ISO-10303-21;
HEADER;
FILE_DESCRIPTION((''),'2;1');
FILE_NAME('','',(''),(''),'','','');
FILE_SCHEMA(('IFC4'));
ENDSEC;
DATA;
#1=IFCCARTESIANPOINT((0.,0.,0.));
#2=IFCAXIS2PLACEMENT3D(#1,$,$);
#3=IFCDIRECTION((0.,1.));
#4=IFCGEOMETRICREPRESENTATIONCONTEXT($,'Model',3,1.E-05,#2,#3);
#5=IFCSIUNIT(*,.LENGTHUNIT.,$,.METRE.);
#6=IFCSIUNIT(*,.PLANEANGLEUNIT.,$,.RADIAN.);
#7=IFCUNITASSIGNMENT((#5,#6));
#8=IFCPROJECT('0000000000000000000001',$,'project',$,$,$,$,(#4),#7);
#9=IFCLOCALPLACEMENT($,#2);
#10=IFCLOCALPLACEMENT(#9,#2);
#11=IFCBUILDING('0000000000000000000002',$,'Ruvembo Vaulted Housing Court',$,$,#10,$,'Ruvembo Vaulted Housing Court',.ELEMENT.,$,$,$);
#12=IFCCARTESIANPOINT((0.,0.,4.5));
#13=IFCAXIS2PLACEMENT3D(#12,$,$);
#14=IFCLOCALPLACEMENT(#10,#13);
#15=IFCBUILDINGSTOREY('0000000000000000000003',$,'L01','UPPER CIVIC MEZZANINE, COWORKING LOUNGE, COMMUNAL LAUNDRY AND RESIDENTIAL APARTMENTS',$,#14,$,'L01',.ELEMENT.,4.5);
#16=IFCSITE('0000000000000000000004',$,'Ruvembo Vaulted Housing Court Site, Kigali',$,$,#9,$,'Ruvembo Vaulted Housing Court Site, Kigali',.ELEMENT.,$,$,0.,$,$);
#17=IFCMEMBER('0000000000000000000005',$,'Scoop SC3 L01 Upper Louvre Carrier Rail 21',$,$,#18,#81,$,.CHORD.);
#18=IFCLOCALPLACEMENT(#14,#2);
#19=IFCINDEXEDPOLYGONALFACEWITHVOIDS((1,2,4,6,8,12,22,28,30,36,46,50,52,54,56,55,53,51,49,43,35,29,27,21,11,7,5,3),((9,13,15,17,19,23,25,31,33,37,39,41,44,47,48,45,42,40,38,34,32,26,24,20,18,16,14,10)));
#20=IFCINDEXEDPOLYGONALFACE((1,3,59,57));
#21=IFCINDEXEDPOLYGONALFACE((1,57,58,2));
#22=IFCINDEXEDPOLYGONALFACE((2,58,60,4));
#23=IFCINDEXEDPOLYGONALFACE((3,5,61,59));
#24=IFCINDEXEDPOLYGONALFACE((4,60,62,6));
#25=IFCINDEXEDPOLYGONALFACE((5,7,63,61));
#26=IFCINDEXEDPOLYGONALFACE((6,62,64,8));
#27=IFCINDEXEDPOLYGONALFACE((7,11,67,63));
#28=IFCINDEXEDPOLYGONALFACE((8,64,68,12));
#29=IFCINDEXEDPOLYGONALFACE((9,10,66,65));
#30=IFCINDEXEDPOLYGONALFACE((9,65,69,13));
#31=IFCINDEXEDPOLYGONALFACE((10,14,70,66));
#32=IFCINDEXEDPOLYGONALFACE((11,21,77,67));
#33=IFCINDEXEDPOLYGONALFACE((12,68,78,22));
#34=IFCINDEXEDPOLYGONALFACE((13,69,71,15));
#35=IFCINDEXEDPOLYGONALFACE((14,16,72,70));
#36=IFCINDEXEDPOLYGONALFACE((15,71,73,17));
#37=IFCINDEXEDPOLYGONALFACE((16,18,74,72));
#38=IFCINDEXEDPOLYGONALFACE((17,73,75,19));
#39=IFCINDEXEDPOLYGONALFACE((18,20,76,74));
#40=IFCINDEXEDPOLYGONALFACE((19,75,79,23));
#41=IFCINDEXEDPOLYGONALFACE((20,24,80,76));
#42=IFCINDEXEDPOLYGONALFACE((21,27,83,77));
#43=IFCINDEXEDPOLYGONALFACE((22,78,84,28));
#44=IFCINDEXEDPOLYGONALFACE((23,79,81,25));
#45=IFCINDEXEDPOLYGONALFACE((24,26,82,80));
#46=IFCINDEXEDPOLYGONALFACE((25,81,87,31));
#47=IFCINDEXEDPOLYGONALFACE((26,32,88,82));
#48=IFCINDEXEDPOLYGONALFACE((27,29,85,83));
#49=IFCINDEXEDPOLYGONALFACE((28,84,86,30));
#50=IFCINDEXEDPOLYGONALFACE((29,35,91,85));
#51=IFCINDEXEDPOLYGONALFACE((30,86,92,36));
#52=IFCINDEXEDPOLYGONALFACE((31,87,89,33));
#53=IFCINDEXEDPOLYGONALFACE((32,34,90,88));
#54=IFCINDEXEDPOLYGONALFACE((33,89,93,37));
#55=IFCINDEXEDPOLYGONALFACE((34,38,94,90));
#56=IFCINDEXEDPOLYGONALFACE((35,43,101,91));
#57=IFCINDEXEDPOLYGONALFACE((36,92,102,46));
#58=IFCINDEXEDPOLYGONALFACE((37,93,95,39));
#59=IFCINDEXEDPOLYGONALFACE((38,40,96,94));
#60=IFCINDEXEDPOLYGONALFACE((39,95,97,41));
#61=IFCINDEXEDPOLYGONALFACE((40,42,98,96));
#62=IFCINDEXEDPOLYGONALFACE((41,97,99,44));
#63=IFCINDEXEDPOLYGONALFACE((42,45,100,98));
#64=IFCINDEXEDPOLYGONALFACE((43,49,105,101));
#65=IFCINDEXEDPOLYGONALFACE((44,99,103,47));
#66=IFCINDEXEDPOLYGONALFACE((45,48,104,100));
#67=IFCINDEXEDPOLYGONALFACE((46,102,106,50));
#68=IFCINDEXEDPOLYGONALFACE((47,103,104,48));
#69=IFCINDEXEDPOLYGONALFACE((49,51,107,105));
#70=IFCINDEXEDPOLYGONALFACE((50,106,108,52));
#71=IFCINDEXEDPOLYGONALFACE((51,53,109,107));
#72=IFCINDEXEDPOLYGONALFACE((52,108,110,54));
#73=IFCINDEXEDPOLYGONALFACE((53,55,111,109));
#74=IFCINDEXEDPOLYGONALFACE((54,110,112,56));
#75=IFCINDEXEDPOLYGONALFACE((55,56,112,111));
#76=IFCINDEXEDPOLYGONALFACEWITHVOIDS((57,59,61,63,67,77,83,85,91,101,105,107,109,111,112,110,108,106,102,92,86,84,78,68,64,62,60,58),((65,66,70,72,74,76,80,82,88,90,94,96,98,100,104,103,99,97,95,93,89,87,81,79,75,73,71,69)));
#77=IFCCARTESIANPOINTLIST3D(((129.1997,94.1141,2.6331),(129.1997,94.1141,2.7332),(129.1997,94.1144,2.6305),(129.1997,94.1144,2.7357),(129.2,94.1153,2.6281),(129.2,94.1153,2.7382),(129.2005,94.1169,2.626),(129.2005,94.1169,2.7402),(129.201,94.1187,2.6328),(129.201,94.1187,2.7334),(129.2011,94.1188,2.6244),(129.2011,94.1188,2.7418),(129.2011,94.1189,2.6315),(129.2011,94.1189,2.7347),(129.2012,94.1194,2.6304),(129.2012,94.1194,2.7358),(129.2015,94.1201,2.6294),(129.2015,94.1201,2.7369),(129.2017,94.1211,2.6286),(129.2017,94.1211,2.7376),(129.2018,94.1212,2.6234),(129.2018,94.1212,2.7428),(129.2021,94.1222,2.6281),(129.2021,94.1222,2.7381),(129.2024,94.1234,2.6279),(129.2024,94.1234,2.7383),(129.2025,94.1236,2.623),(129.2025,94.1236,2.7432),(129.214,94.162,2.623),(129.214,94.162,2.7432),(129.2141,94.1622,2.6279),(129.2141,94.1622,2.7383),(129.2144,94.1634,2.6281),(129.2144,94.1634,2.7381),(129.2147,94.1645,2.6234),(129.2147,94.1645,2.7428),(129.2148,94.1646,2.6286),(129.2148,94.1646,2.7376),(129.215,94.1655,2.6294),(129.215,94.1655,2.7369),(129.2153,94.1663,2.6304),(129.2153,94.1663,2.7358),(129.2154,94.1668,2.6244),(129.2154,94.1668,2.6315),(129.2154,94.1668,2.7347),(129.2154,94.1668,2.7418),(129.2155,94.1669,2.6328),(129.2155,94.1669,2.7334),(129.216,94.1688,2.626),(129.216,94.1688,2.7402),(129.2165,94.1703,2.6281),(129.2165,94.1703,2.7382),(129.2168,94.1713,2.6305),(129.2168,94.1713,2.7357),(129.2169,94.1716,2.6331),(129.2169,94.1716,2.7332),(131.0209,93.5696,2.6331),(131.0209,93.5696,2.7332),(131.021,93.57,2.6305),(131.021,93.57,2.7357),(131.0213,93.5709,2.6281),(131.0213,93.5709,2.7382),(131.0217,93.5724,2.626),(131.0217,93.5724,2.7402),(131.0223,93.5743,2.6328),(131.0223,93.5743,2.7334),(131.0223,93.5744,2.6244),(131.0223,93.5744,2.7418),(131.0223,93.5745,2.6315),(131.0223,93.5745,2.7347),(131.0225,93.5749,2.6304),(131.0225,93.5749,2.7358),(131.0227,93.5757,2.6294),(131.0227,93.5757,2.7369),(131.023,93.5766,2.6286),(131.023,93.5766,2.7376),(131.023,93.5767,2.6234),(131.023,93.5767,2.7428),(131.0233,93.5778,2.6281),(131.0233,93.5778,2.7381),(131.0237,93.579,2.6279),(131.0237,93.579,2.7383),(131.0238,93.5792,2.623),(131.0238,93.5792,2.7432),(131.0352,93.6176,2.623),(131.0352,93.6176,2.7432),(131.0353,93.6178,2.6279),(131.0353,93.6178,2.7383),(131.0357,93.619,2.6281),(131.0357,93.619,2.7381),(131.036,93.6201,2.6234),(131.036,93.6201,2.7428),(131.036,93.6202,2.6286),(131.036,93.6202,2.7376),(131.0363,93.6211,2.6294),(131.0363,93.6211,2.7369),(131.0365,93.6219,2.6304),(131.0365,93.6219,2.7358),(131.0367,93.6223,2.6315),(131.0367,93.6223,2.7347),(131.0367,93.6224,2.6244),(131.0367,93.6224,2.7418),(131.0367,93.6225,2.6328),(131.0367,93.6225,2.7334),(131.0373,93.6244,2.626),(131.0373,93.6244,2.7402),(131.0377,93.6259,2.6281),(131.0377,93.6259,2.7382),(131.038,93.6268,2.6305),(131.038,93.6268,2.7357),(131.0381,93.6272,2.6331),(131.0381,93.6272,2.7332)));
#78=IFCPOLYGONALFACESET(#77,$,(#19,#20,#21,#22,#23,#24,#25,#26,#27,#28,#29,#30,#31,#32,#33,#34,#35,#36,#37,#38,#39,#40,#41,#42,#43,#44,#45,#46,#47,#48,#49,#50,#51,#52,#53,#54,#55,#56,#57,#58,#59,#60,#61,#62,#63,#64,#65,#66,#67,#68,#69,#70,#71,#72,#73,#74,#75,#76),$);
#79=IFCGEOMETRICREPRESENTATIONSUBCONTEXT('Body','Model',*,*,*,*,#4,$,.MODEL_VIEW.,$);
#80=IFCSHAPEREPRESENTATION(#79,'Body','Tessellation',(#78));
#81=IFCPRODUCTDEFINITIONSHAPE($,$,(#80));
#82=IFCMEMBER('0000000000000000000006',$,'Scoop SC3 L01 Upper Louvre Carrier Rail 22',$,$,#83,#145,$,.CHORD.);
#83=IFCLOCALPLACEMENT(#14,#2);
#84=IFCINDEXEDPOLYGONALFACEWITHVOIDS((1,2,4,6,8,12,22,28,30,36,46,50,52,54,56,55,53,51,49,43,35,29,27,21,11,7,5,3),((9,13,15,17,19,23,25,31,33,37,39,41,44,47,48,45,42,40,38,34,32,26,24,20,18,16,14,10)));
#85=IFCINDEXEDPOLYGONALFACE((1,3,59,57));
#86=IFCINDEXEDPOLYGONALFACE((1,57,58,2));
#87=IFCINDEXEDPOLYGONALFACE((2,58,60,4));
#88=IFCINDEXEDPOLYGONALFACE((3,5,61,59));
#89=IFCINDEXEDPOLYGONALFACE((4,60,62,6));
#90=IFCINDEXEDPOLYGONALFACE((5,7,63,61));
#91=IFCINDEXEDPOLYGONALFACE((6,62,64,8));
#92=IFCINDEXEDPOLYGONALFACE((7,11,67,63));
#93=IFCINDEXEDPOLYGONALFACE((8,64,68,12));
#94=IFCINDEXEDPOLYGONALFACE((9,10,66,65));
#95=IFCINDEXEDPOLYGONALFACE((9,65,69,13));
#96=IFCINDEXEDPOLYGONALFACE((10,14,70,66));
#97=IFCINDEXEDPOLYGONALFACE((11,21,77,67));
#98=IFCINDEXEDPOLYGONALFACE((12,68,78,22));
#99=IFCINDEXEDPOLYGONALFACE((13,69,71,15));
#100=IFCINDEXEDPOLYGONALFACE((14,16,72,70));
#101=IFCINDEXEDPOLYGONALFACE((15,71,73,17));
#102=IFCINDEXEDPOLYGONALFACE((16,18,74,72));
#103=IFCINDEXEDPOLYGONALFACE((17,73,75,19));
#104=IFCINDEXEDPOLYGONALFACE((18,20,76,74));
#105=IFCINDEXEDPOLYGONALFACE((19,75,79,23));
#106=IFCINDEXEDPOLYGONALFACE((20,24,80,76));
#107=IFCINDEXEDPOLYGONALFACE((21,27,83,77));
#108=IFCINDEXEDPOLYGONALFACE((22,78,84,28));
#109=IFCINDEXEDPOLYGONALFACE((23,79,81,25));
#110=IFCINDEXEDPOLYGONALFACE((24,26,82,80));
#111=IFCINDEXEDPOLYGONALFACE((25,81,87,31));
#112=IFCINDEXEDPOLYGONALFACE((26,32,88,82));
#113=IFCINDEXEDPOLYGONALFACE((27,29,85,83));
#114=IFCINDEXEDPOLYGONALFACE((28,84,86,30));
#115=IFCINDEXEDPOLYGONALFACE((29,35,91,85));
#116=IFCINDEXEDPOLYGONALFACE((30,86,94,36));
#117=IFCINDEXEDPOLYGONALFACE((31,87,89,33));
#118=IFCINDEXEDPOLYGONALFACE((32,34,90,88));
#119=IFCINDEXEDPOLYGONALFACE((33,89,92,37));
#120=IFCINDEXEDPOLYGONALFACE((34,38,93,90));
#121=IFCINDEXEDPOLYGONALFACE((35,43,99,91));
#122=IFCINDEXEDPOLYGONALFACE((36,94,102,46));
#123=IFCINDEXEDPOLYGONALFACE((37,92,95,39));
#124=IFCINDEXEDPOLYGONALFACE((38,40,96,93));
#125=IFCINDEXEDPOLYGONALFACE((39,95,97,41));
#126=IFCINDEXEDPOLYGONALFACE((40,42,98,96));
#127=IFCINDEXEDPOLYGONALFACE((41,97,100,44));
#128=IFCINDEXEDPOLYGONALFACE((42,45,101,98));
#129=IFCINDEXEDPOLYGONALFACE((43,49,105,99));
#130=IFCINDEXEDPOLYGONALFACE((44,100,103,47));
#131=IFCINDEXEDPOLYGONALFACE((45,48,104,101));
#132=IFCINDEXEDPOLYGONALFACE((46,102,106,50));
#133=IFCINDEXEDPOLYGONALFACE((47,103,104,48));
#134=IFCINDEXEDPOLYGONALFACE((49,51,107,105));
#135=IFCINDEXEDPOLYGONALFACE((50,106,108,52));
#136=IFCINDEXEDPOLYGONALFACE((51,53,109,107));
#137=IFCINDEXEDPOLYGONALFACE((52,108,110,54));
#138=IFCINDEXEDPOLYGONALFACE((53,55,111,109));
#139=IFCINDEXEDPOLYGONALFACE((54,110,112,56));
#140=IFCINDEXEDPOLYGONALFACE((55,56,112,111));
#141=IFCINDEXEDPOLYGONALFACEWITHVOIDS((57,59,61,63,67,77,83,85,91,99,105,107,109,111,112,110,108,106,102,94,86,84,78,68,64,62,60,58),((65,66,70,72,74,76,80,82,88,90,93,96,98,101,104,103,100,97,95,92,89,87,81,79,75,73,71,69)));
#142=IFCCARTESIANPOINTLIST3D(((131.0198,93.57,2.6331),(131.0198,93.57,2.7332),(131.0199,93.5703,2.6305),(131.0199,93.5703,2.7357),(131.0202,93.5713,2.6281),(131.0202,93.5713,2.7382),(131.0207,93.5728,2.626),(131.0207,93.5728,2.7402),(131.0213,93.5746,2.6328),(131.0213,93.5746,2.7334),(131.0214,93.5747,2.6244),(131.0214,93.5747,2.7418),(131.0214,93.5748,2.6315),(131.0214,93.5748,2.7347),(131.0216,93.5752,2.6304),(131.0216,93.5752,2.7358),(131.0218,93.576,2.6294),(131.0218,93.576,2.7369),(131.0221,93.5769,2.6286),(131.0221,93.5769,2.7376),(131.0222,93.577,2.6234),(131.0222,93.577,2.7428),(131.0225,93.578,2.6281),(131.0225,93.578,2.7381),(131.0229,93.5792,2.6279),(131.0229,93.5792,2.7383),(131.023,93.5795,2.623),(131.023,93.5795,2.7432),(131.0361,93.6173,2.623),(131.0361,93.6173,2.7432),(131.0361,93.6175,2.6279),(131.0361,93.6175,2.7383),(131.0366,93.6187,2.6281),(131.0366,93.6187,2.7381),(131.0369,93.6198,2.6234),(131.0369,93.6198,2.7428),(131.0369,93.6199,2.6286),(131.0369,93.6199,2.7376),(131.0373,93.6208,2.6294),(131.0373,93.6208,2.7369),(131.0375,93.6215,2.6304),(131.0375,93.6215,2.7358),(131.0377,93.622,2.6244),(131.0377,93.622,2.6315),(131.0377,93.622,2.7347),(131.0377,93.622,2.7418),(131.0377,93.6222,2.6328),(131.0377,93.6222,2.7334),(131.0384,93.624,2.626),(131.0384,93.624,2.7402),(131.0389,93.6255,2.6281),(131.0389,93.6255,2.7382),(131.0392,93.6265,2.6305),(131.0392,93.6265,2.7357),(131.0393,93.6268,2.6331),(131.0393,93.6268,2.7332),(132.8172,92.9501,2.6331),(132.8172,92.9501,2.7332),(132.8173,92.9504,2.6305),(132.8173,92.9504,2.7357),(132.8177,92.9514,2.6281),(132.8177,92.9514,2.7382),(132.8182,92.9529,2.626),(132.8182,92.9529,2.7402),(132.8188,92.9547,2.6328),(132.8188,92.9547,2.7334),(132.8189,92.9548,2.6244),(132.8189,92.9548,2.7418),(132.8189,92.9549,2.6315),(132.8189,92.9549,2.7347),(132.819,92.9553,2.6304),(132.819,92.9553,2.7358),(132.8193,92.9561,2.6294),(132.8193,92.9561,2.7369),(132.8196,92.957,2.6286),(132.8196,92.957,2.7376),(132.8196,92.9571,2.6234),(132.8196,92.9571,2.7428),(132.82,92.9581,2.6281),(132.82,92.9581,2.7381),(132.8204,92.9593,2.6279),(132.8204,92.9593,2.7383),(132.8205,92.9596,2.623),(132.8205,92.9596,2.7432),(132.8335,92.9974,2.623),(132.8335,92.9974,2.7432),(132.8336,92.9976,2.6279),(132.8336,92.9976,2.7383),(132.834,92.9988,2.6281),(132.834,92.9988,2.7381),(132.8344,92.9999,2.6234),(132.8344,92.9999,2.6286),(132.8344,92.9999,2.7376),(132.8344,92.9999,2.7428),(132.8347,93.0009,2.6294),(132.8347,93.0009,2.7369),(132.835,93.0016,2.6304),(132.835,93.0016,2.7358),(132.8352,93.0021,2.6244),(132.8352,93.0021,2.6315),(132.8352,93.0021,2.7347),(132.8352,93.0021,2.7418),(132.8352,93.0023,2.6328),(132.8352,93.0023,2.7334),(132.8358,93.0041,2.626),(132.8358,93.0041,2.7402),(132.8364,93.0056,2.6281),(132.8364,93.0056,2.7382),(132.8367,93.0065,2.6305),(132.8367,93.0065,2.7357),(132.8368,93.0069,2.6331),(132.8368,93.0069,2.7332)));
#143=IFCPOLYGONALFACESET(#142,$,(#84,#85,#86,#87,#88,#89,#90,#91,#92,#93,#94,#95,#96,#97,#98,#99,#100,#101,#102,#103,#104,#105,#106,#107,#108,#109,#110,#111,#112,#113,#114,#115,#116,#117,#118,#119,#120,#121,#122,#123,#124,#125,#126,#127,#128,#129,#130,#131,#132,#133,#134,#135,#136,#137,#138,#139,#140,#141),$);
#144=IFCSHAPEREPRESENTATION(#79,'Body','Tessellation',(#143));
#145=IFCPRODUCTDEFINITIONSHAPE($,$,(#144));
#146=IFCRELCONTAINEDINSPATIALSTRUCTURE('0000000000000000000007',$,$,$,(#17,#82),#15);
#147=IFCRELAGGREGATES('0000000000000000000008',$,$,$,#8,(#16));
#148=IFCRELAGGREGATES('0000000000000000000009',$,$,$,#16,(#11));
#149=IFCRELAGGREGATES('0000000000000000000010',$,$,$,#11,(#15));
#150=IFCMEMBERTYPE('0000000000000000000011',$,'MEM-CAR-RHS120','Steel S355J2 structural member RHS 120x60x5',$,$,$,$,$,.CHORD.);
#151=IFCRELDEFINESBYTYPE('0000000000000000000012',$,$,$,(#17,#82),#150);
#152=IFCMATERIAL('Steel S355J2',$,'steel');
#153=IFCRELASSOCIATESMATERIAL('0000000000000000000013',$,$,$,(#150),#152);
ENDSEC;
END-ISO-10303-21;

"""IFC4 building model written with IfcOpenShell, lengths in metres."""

from ifc_helpers import new_model, si_unit, direction, frame, origin, origin_2d, place, context, subcontext, project, spatial, hollow_rectangle, extrude, material, material_profile, profile_set, type_object, element, save


model = new_model("IFC4")

# Units and contexts
model_context = context("Model", 3, precision=1e-05, world=origin(), true_north=direction((0.0, 1.0)))
body_context = subcontext(model_context, "Body", "Model", "MODEL_VIEW")
ifc_project = project(units=[si_unit("LENGTHUNIT", "METRE"), si_unit("PLANEANGLEUNIT", "RADIAN")], contexts=[model_context])

# Site, building, storey
site_placement = place(None, origin())
site = spatial("IfcSite", under=ifc_project, at=site_placement, Name="Ruvembo Vaulted Housing Court Site, Kigali", LongName="Ruvembo Vaulted Housing Court Site, Kigali", CompositionType="ELEMENT", RefElevation=0.0)
building_placement = place(site_placement, origin())
building = spatial("IfcBuilding", under=site, at=building_placement, Name="Ruvembo Vaulted Housing Court", LongName="Ruvembo Vaulted Housing Court", CompositionType="ELEMENT")
storey_placement = place(building_placement, frame((0.0, 0.0, 4.5)))
storey = spatial("IfcBuildingStorey", under=building, at=storey_placement, Name="L01", Description="UPPER CIVIC MEZZANINE, COWORKING LOUNGE, COMMUNAL LAUNDRY AND RESIDENTIAL APARTMENTS", LongName="L01", CompositionType="ELEMENT", Elevation=4.5)

# Shared definitions
ifc_material_1 = material(Name="Steel S355J2", Category="steel")

# Members
ifc_material_profile_1 = material_profile(ifc_material_1, hollow_rectangle(XDim=0.0601, YDim=0.1201, WallThickness=0.0049, InnerFilletRadius=0.0049, OuterFilletRadius=0.01, at=origin_2d()), Name="RHS 120x60x5")
ifc_profile_set_1 = profile_set([ifc_material_profile_1], Name="Steel S355J2")
member_type_1 = type_object("IfcMemberType", Name="MEM-CAR-RHS120", Description="Steel S355J2 structural member RHS 120x60x5", PredefinedType="CHORD", material=ifc_profile_set_1)
for number, where, z_axis, x_axis, name in (
    (1, (129.2083, 94.1428, 2.6831), (0.958109, -0.286405, 0.0), (0.286405, 0.958109, 0.0), "Scoop SC3 L01 Upper Louvre Carrier Rail 21"),
):
    element("IfcMember", number, at=place(storey_placement, frame(where, z_axis=z_axis, x_axis=x_axis)), inside=storey, type_object=member_type_1, Name=name, PredefinedType="CHORD", context=body_context, shape_type="SweptSolid", body=[
        extrude(hollow_rectangle(XDim=0.0601, YDim=0.1201, WallThickness=0.0049, InnerFilletRadius=0.0049, OuterFilletRadius=0.01, at=origin_2d()), origin(), (0.0, 0.0, 1.0), 1.9009),
    ])
member_1_placement = place(storey_placement, frame((131.0295, 93.5984, 2.6831), z_axis=(0.945358, -0.326034, 0.0), x_axis=(0.326034, 0.945358, 0.0)))
element("IfcMember", 2, at=member_1_placement, inside=storey, type_object=member_type_1, Name="Scoop SC3 L01 Upper Louvre Carrier Rail 22", PredefinedType="CHORD", context=body_context, shape_type="SweptSolid", body=[
    extrude(hollow_rectangle(XDim=0.0601, YDim=0.1201, WallThickness=0.0049, InnerFilletRadius=0.0049, OuterFilletRadius=0.01, at=origin_2d()), origin(), (0.0, 0.0, 1.0), 1.9014),
])

save(model, "model.ifc")
